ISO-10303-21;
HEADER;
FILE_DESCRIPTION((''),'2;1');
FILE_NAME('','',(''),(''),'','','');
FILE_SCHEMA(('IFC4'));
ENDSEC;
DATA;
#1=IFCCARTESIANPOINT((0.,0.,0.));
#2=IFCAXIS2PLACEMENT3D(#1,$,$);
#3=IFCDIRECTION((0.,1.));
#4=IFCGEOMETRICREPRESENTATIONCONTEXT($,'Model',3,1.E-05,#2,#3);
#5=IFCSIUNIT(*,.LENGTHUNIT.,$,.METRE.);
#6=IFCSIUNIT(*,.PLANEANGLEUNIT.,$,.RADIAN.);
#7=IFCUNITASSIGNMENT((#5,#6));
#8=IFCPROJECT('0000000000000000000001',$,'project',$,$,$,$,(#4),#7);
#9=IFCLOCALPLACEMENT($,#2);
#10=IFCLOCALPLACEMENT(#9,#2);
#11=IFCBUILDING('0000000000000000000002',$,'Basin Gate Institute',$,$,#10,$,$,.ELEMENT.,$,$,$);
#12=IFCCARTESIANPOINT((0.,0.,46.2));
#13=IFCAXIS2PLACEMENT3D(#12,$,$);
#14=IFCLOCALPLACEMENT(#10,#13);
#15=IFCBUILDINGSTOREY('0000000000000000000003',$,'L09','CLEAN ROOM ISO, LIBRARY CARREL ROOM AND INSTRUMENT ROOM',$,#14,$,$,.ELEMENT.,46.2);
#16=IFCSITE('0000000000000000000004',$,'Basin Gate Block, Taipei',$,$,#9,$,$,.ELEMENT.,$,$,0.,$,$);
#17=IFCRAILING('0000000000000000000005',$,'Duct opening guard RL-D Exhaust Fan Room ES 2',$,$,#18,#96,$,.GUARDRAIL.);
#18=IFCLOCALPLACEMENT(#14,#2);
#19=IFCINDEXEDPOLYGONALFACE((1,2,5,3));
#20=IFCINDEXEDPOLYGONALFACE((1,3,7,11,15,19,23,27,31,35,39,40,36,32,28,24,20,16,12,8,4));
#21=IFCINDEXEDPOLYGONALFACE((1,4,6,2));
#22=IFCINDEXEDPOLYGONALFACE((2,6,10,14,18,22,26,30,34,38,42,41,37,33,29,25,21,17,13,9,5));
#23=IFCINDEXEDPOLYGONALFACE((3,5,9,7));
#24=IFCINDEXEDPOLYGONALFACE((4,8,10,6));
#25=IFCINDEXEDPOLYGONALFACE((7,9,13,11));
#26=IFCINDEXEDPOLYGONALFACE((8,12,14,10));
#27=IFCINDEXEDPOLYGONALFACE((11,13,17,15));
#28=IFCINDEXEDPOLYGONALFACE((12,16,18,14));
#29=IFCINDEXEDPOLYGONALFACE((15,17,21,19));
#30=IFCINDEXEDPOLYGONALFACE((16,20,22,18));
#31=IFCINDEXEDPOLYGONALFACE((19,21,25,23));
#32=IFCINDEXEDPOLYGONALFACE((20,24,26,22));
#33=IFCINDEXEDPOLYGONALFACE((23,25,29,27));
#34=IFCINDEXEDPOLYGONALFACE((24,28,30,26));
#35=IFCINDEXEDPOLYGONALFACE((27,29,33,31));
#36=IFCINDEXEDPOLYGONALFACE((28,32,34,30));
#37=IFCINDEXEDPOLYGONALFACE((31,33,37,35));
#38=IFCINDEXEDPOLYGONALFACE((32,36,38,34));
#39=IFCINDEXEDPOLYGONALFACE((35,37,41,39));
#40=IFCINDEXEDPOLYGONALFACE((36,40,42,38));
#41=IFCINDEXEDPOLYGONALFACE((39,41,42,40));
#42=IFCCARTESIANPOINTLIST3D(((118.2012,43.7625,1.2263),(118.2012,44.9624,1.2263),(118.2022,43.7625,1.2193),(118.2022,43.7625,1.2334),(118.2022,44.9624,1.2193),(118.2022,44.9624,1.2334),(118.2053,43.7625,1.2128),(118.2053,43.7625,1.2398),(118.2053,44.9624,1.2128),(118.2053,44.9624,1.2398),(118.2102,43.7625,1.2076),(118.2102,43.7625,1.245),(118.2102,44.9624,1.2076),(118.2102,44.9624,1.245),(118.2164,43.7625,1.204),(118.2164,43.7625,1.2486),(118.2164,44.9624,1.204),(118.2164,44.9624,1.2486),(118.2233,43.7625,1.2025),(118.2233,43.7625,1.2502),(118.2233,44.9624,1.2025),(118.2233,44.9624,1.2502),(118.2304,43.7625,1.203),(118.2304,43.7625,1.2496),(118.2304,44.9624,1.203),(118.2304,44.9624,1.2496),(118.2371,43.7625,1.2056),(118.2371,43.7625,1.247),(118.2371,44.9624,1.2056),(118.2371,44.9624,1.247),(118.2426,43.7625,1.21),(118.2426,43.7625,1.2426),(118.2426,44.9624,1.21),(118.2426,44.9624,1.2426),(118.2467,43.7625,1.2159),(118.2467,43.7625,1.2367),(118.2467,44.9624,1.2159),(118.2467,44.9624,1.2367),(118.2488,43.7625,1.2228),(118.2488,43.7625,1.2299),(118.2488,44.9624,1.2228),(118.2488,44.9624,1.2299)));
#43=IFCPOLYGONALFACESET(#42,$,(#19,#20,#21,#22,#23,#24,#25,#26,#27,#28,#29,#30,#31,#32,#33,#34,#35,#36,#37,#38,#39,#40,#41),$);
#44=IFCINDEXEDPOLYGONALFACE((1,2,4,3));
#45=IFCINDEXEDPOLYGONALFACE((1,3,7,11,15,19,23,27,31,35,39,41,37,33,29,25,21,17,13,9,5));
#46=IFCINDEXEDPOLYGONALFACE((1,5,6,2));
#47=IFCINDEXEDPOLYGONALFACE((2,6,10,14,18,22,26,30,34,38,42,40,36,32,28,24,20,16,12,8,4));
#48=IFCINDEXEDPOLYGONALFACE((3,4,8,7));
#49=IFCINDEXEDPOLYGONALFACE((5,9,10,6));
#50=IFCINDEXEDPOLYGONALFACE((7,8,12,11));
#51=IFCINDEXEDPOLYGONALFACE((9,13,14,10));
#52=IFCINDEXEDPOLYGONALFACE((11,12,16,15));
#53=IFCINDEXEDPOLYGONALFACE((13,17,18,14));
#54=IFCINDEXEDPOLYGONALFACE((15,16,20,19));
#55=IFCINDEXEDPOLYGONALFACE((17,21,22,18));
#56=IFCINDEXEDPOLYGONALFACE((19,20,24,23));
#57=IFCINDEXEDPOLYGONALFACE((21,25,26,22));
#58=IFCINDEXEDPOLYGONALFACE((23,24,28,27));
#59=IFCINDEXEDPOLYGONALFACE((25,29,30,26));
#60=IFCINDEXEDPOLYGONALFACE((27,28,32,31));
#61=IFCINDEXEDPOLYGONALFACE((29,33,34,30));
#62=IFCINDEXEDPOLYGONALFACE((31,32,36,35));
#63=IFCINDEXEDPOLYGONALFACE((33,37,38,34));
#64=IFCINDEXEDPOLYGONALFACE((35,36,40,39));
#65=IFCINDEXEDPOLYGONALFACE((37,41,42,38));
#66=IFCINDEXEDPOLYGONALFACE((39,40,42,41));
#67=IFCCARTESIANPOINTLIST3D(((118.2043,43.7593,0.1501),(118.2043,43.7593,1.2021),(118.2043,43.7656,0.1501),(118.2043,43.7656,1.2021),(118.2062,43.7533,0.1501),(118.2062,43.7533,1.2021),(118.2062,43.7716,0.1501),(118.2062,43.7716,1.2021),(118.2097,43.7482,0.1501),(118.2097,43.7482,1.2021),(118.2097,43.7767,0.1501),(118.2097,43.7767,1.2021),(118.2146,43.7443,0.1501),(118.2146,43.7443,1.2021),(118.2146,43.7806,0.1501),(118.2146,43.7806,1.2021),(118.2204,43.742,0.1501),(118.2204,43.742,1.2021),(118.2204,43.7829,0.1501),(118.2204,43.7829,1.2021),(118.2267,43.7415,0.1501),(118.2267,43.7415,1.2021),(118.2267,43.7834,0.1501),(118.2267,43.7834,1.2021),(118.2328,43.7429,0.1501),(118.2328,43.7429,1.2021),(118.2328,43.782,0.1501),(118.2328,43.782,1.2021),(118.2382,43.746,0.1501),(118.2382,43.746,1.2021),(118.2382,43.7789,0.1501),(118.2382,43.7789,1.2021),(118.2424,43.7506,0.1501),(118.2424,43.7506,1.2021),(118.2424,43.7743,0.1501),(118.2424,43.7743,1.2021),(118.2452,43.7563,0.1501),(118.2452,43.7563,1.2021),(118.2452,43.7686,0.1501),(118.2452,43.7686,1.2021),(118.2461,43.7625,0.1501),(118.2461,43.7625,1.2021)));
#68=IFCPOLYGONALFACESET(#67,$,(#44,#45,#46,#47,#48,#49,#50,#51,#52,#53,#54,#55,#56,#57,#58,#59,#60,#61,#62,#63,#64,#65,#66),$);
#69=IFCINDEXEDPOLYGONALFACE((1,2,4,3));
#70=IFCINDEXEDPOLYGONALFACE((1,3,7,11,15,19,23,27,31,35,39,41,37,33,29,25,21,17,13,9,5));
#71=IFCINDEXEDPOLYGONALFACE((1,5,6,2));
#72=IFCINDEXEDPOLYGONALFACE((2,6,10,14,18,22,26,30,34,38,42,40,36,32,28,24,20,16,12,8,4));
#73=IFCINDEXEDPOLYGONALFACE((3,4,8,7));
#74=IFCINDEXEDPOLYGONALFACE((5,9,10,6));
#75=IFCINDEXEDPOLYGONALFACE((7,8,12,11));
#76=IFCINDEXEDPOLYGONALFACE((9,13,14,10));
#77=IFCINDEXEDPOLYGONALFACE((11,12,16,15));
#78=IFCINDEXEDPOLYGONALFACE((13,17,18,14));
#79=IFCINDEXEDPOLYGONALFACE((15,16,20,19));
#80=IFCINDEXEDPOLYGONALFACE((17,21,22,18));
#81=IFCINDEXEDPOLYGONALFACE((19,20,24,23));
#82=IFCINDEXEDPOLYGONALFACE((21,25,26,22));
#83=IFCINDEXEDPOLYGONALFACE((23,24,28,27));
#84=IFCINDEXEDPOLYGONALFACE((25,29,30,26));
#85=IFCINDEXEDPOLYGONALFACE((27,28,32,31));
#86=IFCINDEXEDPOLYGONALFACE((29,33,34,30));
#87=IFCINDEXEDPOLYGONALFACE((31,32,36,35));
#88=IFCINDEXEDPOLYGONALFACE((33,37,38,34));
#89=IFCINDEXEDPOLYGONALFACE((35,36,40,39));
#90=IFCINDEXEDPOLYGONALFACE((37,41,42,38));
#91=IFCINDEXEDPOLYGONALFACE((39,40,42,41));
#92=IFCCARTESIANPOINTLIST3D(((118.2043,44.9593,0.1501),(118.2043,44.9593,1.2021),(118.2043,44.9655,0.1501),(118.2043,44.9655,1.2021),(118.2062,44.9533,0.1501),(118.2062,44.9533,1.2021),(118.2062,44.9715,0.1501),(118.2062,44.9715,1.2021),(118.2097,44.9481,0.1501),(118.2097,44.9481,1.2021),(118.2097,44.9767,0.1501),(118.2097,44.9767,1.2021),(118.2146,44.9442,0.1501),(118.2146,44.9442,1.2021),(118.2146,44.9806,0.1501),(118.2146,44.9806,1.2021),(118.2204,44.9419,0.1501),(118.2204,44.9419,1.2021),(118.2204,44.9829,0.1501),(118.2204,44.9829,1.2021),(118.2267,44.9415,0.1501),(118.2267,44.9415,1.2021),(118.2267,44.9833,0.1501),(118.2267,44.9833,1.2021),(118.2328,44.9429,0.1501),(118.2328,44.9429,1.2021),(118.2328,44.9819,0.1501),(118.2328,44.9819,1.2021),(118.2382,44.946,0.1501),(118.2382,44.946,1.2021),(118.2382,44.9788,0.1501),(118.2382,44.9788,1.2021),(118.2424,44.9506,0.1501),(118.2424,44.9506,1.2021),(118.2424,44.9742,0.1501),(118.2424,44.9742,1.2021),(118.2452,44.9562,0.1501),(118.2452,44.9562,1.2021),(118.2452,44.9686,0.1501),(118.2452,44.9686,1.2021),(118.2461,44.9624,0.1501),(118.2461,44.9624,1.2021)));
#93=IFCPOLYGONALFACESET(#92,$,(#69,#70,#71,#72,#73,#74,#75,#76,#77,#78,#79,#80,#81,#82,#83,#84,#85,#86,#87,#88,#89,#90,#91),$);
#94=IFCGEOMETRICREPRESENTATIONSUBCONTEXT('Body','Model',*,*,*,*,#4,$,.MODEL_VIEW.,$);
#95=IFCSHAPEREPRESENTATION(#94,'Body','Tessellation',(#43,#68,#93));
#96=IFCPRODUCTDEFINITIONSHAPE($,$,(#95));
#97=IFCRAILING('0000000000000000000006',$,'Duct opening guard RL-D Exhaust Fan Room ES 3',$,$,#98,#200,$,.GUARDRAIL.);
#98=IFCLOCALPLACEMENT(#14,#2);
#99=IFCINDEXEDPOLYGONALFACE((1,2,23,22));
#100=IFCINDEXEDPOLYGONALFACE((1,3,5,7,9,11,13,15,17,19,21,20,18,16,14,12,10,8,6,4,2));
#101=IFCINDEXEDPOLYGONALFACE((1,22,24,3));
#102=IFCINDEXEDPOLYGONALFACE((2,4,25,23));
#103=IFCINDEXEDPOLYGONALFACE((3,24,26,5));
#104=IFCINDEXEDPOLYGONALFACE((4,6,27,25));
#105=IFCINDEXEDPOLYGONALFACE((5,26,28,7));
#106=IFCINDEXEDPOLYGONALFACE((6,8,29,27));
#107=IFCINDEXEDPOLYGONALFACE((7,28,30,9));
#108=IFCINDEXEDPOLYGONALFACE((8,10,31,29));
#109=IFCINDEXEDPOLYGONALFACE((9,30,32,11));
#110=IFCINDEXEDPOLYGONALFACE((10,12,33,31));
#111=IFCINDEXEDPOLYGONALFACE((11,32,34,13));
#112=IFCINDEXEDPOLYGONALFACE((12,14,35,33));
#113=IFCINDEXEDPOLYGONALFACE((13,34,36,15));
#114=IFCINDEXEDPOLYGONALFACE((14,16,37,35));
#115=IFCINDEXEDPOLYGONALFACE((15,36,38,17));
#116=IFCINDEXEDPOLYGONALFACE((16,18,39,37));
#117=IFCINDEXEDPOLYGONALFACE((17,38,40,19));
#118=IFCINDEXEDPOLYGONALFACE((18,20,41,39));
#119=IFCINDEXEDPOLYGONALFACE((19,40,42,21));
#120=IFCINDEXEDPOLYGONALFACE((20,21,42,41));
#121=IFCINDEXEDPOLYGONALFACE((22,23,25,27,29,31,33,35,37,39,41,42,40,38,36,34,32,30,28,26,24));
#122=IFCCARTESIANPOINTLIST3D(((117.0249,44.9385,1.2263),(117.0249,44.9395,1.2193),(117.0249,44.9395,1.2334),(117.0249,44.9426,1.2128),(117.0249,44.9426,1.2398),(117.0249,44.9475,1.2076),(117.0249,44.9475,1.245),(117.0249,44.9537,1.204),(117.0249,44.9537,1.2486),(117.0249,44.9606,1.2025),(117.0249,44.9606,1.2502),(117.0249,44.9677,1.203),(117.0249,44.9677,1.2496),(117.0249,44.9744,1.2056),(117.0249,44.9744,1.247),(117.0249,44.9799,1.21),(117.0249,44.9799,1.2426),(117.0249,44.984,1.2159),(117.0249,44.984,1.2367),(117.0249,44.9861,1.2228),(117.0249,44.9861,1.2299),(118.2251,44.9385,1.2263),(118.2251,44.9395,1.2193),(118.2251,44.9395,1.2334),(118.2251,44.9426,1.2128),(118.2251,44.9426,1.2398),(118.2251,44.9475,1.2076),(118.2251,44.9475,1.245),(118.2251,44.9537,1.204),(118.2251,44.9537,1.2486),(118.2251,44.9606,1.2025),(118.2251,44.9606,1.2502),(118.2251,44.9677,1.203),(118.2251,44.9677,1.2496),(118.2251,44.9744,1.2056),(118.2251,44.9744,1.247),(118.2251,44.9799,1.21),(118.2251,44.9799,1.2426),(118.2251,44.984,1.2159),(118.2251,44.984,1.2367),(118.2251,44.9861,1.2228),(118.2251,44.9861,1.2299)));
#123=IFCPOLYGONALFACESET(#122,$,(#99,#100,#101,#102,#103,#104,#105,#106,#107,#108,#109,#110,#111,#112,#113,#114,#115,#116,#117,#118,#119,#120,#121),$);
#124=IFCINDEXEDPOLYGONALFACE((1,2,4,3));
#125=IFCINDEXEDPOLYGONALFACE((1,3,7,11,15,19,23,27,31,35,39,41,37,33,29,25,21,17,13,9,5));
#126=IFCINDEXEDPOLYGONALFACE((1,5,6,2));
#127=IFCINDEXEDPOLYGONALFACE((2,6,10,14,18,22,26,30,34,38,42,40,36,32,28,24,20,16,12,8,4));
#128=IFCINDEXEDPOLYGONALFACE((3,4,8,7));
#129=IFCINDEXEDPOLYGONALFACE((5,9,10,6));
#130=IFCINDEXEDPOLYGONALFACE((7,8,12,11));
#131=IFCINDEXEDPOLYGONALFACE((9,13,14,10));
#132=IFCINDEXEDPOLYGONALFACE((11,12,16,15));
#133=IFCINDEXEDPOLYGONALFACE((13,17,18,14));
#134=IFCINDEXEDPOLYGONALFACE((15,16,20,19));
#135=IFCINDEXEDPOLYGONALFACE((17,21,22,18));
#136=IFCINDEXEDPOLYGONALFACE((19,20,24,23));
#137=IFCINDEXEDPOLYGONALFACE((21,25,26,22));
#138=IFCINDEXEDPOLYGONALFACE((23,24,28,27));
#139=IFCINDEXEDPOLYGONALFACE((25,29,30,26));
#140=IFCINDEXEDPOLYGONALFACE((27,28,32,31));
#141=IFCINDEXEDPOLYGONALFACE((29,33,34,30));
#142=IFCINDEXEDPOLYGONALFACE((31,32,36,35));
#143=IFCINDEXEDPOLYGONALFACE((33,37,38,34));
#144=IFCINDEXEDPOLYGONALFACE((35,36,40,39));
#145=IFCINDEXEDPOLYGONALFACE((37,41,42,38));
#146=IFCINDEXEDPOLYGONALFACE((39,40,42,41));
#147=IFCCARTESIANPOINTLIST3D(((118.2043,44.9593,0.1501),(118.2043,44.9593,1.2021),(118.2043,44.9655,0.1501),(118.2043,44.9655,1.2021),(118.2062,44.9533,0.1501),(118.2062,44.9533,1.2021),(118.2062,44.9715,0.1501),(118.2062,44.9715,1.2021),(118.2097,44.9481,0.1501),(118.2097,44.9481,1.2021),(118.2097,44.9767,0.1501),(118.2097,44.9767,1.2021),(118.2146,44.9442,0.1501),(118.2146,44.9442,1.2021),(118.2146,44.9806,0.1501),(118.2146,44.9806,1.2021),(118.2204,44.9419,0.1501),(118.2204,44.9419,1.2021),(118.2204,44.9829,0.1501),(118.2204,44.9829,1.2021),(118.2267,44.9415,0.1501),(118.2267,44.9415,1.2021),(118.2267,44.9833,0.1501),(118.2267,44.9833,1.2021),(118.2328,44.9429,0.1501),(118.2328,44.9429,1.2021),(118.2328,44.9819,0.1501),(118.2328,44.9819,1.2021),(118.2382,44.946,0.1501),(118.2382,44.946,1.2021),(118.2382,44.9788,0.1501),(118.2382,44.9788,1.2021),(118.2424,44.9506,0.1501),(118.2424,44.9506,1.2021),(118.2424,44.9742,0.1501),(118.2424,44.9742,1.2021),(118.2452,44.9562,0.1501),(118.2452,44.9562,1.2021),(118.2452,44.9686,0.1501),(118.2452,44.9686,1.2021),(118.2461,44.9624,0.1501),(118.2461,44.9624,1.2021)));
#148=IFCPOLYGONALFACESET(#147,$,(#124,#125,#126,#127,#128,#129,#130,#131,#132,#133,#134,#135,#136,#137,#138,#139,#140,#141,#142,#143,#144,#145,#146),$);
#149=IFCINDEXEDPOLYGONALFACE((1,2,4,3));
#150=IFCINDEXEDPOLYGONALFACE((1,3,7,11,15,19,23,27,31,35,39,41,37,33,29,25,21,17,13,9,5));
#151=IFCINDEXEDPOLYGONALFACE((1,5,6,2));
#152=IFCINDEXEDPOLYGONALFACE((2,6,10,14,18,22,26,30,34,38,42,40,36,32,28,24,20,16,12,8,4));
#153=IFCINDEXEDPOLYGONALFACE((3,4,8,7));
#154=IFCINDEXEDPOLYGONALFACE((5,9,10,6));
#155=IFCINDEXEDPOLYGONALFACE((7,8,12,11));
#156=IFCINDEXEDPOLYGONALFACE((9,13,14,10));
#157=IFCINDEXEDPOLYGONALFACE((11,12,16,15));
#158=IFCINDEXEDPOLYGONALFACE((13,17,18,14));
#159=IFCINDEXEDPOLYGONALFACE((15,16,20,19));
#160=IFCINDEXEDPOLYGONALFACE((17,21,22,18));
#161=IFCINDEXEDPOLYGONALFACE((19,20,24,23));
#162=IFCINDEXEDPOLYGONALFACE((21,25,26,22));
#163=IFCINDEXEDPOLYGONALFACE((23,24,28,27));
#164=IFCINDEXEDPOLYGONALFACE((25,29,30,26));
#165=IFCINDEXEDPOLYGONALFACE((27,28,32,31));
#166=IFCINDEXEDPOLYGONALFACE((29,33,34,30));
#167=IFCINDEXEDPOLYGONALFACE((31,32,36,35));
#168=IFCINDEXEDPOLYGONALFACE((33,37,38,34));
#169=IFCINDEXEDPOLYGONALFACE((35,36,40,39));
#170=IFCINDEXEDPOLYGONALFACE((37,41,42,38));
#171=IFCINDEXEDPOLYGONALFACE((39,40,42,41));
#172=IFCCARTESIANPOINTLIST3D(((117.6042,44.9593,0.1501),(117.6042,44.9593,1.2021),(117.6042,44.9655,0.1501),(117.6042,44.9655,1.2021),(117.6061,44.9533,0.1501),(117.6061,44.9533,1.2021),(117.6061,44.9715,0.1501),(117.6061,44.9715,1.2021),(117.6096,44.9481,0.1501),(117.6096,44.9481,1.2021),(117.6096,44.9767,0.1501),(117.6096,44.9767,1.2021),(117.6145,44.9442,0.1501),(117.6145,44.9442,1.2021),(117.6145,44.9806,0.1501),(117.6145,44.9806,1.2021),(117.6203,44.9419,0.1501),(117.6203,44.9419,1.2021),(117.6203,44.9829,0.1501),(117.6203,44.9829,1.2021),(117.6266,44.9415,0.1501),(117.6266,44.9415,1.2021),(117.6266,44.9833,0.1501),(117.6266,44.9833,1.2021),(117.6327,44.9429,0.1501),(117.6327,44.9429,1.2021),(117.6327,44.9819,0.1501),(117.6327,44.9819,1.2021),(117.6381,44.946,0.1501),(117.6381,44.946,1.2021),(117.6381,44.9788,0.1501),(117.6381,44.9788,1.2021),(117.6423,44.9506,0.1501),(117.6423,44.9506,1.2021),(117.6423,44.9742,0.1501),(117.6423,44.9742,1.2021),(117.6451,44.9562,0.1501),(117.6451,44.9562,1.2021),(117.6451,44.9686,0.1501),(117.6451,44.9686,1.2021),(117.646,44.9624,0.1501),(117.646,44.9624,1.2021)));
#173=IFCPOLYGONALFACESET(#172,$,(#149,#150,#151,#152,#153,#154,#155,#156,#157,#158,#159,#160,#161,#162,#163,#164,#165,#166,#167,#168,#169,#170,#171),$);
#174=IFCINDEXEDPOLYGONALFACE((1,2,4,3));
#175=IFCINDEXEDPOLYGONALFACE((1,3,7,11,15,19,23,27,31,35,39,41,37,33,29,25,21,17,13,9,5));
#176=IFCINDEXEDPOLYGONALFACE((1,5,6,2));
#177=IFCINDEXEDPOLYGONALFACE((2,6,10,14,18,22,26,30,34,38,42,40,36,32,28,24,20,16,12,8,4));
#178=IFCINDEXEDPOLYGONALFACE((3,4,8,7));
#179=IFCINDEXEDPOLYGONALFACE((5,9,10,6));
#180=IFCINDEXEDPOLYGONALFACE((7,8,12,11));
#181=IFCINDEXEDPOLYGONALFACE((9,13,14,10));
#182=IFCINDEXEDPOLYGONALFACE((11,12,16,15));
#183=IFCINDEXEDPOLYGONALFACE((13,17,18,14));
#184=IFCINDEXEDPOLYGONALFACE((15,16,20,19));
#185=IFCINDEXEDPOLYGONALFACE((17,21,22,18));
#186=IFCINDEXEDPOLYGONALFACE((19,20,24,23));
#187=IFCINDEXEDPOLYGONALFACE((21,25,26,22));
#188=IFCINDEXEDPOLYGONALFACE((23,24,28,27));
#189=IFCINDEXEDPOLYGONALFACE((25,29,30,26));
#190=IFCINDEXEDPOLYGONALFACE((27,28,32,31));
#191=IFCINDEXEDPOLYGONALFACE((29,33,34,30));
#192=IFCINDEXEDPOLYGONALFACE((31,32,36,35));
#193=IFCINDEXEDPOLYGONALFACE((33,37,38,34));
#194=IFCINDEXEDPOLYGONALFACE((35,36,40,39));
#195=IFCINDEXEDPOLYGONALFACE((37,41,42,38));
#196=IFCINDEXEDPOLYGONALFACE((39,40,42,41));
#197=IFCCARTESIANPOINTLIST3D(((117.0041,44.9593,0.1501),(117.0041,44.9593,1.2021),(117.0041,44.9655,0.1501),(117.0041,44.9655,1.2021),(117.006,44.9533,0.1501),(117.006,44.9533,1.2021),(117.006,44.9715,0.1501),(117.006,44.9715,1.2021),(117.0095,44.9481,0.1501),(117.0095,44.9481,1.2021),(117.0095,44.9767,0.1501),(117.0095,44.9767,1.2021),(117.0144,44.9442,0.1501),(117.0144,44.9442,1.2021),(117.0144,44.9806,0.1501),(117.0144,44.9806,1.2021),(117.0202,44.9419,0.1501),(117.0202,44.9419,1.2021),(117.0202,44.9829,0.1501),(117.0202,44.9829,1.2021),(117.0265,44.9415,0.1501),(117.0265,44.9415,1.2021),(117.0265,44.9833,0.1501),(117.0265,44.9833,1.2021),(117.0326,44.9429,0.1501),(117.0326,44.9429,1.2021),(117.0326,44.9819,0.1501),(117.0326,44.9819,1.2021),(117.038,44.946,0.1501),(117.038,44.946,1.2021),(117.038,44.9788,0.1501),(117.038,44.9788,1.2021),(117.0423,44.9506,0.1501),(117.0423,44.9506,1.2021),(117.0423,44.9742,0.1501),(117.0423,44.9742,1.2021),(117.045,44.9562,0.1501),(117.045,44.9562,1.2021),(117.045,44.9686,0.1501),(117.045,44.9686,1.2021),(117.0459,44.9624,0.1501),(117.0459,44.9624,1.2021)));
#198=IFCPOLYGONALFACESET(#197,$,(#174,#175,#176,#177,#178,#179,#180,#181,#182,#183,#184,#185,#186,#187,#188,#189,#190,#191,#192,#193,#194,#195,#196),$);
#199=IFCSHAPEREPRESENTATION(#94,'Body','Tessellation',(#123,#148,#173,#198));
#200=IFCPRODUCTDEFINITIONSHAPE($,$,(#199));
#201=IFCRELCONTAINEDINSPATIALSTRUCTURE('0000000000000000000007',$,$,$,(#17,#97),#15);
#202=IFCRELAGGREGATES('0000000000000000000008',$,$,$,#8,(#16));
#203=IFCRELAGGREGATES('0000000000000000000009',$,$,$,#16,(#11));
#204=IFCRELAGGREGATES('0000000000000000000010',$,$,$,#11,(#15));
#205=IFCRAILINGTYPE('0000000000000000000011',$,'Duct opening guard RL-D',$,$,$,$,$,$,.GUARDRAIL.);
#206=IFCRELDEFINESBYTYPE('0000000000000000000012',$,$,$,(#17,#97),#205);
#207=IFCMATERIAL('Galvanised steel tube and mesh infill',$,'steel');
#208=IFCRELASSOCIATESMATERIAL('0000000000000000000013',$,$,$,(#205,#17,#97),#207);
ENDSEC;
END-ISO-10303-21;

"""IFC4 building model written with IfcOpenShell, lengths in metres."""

from ifc_helpers import new_model, si_unit, direction, frame, origin, origin_2d, place, context, subcontext, project, spatial, circle, extrude, material, type_object, element, save


model = new_model("IFC4")

# Units and contexts
model_context = context("Model", 3, precision=1e-05, world=origin(), true_north=direction((0.0, 1.0)))
body_context = subcontext(model_context, "Body", "Model", "MODEL_VIEW")
ifc_project = project(units=[si_unit("LENGTHUNIT", "METRE"), si_unit("PLANEANGLEUNIT", "RADIAN")], contexts=[model_context])

# Site, building, storey
site_placement = place(None, origin())
site = spatial("IfcSite", under=ifc_project, at=site_placement, Name="Basin Gate Block, Taipei", CompositionType="ELEMENT", RefElevation=0.0)
building_placement = place(site_placement, origin())
building = spatial("IfcBuilding", under=site, at=building_placement, Name="Basin Gate Institute", CompositionType="ELEMENT")
storey_placement = place(building_placement, frame((0.0, 0.0, 46.2)))
storey = spatial("IfcBuildingStorey", under=building, at=storey_placement, Name="L09", Description="CLEAN ROOM ISO, LIBRARY CARREL ROOM AND INSTRUMENT ROOM", CompositionType="ELEMENT", Elevation=46.2)

# Railings
ifc_material_1 = material(Name="Galvanised steel tube and mesh infill", Category="steel")
railing_type_1 = type_object("IfcRailingType", Name="Duct opening guard RL-D", PredefinedType="GUARDRAIL", material=ifc_material_1)
railing_1_placement = place(storey_placement, frame((118.2251, 43.7625, 0.1501)))
element("IfcRailing", 1, at=railing_1_placement, inside=storey, type_object=railing_type_1, material=ifc_material_1, Name="Duct opening guard RL-D Exhaust Fan Room ES 2", PredefinedType="GUARDRAIL", context=body_context, shape_type="SweptSolid", body=[
    extrude(circle(Radius=0.0239, at=origin_2d()), frame((0.0, 0.0, 1.0762), z_axis=(0.0, 1.0, 0.0), x_axis=(-1.0, 0.0, 0.0)), (0.0, 0.0, 1.0), 1.2),
    extrude(circle(Radius=0.021, at=origin_2d()), origin(), (0.0, 0.0, 1.0), 1.052),
    extrude(circle(Radius=0.021, at=origin_2d()), frame((0.0, 1.2, 0.0)), (0.0, 0.0, 1.0), 1.052),
])
railing_2_placement = place(storey_placement, frame((118.2251, 44.9624, 0.1501)))
element("IfcRailing", 2, at=railing_2_placement, inside=storey, type_object=railing_type_1, material=ifc_material_1, Name="Duct opening guard RL-D Exhaust Fan Room ES 3", PredefinedType="GUARDRAIL", context=body_context, shape_type="SweptSolid", body=[
    extrude(circle(Radius=0.0239, at=origin_2d()), frame((0.0, 0.0, 1.0762), z_axis=(-1.0, 0.0, 0.0), x_axis=(0.0, -1.0, 0.0)), (0.0, 0.0, 1.0), 1.2002),
    extrude(circle(Radius=0.021, at=origin_2d()), origin(), (0.0, 0.0, 1.0), 1.052),
    extrude(circle(Radius=0.021, at=origin_2d()), frame((-0.6001, 0.0, 0.0)), (0.0, 0.0, 1.0), 1.052),
    extrude(circle(Radius=0.021, at=origin_2d()), frame((-1.2002, 0.0, 0.0)), (0.0, 0.0, 1.0), 1.052),
])

save(model, "model.ifc")
